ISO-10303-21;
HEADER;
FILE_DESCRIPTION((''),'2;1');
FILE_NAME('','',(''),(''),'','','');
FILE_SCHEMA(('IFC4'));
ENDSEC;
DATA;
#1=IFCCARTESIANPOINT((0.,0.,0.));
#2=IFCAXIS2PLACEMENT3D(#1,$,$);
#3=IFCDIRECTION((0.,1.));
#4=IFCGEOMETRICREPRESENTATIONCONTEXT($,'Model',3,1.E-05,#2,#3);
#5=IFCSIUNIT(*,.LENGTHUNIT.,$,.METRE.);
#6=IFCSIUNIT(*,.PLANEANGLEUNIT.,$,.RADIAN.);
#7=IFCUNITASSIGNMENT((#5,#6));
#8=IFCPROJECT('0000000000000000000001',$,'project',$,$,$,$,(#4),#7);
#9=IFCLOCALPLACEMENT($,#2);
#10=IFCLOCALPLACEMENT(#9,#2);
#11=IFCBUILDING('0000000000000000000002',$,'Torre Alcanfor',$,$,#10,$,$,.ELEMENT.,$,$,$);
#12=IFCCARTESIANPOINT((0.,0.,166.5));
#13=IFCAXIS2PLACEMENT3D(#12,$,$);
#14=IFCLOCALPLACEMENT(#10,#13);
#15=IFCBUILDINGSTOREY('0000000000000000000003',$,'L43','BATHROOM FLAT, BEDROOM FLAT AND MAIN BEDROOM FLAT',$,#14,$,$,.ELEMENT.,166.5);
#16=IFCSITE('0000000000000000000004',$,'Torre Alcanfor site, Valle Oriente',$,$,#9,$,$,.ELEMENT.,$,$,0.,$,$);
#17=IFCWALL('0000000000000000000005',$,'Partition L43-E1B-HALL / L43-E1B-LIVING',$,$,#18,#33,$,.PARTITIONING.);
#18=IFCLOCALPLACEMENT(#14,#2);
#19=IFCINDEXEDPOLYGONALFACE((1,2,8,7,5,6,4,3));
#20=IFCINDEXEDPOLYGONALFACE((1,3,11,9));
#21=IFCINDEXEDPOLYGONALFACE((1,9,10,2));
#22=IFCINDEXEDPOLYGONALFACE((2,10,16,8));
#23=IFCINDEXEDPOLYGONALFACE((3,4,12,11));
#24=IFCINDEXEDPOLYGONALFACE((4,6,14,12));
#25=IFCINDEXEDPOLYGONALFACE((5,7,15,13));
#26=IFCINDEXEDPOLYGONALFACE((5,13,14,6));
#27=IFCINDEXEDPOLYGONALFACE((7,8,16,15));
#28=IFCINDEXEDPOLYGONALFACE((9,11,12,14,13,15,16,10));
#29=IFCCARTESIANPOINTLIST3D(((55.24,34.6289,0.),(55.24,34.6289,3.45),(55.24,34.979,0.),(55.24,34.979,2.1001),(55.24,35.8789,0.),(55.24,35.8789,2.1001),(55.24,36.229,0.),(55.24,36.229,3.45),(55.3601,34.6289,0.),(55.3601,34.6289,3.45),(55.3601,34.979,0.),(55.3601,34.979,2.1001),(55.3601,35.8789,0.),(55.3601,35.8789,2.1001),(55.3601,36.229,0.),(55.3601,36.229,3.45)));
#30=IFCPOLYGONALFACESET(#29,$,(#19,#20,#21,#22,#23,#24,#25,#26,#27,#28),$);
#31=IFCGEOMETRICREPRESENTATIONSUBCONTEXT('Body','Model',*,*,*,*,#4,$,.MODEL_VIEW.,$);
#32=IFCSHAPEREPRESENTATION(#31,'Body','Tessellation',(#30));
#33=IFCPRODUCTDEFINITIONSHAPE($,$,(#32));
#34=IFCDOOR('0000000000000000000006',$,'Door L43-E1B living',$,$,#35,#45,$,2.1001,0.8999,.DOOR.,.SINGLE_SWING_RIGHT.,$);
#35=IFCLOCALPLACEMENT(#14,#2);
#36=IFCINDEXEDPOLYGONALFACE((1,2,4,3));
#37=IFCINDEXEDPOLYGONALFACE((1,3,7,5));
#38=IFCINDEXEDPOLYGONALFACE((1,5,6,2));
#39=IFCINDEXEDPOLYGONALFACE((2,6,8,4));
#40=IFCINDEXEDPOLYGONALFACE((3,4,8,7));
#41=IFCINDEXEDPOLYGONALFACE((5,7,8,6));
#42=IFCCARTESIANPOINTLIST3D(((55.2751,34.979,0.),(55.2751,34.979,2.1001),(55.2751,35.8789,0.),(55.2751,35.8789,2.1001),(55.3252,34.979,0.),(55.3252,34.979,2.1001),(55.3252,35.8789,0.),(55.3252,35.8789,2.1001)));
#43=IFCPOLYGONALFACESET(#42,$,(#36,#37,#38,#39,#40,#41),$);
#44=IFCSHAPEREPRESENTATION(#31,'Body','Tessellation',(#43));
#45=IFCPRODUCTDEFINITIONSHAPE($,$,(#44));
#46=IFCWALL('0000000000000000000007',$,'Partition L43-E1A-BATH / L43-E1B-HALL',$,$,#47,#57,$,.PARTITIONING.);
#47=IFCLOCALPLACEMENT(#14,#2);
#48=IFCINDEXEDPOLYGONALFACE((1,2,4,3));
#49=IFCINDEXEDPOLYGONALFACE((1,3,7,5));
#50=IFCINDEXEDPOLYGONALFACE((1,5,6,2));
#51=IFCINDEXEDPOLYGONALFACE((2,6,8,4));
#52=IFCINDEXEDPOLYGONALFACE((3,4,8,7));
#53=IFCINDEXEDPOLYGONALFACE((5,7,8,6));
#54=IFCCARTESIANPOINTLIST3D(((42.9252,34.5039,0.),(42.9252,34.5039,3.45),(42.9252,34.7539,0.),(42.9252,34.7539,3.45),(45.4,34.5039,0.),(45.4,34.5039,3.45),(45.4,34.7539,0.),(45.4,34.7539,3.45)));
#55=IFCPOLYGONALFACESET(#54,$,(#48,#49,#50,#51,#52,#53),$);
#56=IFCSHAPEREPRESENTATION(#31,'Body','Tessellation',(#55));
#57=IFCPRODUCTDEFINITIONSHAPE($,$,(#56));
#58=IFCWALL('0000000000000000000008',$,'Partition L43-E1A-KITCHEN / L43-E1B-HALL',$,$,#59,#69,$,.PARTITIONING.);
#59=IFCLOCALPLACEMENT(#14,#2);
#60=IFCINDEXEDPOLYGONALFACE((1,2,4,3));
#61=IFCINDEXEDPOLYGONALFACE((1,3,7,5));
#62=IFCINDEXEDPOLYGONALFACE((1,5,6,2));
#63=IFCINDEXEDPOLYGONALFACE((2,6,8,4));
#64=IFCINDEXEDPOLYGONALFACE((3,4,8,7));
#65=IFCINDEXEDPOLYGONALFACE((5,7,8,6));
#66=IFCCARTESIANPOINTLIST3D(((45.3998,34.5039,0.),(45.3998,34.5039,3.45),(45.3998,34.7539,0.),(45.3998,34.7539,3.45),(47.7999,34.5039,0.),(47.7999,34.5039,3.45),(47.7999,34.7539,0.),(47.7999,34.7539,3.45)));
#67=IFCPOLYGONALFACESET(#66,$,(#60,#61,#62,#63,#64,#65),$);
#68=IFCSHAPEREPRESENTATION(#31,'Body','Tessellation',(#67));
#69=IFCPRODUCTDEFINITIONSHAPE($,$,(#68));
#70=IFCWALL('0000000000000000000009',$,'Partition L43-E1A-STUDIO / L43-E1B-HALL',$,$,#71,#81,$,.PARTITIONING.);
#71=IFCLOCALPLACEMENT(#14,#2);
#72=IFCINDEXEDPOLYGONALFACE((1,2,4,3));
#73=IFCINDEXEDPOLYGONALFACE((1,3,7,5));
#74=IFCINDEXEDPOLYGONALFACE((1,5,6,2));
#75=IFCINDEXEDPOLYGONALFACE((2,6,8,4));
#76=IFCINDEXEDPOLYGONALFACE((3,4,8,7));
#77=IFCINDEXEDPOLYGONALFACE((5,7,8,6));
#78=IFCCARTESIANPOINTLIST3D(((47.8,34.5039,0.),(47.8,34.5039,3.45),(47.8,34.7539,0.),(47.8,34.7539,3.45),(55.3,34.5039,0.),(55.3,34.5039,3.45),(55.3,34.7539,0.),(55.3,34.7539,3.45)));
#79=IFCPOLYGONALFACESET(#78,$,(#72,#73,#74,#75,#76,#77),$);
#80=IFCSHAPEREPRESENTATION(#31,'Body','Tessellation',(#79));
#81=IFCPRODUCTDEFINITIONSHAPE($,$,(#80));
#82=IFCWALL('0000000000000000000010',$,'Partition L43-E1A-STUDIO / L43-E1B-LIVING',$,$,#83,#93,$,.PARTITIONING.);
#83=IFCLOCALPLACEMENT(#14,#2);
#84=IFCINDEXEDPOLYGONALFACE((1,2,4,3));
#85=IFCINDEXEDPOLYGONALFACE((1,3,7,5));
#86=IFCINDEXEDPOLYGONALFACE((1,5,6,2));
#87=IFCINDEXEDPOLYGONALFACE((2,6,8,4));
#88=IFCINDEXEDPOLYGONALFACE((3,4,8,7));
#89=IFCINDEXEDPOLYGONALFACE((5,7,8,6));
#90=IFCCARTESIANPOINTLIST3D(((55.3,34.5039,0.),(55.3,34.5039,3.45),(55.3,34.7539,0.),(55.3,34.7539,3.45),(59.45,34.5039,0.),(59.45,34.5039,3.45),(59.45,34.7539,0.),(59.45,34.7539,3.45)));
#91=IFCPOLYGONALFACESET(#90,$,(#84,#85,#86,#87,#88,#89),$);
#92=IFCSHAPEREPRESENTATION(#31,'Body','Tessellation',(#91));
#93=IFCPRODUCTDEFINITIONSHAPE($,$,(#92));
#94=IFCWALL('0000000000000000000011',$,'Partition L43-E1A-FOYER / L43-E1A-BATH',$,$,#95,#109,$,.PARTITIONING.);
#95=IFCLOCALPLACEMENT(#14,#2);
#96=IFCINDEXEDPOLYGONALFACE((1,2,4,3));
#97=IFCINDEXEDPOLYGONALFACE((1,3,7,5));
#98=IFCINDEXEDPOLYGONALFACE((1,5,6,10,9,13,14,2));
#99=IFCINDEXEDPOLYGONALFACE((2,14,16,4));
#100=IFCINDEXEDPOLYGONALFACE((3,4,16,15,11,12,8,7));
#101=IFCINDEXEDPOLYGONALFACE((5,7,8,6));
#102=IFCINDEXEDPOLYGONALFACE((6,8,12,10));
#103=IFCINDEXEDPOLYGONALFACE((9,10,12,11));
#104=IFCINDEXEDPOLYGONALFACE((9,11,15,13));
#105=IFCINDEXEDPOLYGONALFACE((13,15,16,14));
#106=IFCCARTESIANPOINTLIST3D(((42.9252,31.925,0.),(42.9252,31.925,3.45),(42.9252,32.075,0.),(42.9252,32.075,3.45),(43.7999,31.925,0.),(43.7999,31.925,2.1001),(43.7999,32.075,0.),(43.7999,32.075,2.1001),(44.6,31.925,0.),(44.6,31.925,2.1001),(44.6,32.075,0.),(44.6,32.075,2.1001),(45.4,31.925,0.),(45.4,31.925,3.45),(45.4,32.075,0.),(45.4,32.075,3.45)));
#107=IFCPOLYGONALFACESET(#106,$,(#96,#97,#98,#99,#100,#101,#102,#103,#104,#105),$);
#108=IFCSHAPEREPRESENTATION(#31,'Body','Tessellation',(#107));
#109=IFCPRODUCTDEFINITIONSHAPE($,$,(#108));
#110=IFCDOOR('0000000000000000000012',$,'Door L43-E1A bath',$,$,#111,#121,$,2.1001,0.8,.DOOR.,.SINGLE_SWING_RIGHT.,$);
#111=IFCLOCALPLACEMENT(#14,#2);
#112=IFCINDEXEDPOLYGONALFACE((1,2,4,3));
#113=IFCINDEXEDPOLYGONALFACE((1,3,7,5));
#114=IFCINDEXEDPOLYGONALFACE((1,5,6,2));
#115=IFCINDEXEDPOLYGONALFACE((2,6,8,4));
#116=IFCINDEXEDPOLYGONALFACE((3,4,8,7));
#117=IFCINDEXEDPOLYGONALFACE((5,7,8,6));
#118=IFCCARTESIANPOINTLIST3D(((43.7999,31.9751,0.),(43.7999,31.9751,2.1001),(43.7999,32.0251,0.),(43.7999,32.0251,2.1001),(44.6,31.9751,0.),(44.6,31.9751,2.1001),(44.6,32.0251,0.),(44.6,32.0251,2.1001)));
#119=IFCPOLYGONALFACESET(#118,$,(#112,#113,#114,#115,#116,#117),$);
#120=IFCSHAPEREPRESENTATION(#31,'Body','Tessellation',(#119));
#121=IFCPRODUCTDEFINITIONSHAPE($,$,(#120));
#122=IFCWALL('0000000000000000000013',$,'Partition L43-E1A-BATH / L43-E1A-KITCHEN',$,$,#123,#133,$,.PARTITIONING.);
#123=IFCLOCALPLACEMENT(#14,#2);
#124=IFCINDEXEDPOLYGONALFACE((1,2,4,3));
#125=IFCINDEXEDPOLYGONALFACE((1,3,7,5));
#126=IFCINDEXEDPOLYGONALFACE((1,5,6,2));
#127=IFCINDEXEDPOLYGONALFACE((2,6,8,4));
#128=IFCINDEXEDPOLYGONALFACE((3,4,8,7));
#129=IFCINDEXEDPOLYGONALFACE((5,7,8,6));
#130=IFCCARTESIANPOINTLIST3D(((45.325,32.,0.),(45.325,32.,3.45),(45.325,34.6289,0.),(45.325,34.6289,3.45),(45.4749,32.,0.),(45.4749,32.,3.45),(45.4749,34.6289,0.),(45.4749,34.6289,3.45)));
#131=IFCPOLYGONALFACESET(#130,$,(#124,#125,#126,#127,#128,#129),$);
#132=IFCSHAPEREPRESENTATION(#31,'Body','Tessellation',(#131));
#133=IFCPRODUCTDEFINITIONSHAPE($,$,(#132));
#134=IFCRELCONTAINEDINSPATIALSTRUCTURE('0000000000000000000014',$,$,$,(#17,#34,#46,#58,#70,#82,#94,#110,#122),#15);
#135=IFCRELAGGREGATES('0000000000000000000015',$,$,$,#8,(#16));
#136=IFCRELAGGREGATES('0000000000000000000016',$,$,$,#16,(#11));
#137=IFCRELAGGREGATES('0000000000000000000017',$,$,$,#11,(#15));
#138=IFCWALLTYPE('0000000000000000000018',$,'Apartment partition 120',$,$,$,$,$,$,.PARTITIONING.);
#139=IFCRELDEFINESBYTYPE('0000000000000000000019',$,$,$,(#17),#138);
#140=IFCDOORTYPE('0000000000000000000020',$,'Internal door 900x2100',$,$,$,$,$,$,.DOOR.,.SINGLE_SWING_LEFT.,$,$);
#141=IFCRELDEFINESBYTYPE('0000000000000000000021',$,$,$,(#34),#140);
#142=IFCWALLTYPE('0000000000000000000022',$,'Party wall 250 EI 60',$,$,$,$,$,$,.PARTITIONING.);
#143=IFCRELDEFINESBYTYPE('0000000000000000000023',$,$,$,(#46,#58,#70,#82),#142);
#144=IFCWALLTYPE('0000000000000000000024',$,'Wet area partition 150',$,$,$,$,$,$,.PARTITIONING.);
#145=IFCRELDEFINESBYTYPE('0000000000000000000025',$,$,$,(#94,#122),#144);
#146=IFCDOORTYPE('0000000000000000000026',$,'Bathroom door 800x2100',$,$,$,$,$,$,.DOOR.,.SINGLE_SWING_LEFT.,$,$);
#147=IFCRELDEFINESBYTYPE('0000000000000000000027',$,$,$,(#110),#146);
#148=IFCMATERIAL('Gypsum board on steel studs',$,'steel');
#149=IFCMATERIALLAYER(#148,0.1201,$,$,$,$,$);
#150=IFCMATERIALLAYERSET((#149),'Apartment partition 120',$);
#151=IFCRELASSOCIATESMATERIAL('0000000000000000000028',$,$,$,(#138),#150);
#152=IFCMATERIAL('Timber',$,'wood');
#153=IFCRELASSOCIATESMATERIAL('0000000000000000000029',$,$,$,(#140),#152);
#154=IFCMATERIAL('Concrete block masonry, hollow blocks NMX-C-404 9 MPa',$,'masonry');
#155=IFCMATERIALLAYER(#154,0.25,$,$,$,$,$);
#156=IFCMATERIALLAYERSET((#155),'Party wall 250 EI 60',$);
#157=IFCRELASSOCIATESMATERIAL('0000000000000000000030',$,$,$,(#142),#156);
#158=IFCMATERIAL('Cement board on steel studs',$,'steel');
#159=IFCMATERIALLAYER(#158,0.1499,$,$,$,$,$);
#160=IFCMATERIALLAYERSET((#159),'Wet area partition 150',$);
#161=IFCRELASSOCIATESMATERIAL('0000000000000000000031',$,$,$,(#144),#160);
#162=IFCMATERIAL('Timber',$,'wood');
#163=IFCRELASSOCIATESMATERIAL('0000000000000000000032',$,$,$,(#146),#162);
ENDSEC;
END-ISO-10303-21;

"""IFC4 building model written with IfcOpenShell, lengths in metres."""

from ifc_helpers import new_model, si_unit, direction, frame, frame_2d, origin, place, context, subcontext, project, spatial, rectangle, extrude, material, layer, layer_set, type_object, element, fill, save


model = new_model("IFC4")

# Units and contexts
model_context = context("Model", 3, precision=1e-05, world=origin(), true_north=direction((0.0, 1.0)))
body_context = subcontext(model_context, "Body", "Model", "MODEL_VIEW")
ifc_project = project(units=[si_unit("LENGTHUNIT", "METRE"), si_unit("PLANEANGLEUNIT", "RADIAN")], contexts=[model_context])

# Site, building, storey
site_placement = place(None, origin())
site = spatial("IfcSite", under=ifc_project, at=site_placement, Name="Torre Alcanfor site, Valle Oriente", CompositionType="ELEMENT", RefElevation=0.0)
building_placement = place(site_placement, origin())
building = spatial("IfcBuilding", under=site, at=building_placement, Name="Torre Alcanfor", CompositionType="ELEMENT")
storey_placement = place(building_placement, frame((0.0, 0.0, 166.5)))
storey = spatial("IfcBuildingStorey", under=building, at=storey_placement, Name="L43", Description="BATHROOM FLAT, BEDROOM FLAT AND MAIN BEDROOM FLAT", CompositionType="ELEMENT", Elevation=166.5)

# Wall, opening, door
ifc_material_1 = material(Name="Gypsum board on steel studs", Category="steel")
ifc_layer_1 = layer(ifc_material_1, 0.1201)
ifc_layer_set_1 = layer_set([ifc_layer_1], Name="Apartment partition 120")
wall_type_1 = type_object("IfcWallType", Name="Apartment partition 120", PredefinedType="PARTITIONING", material=ifc_layer_set_1)
wall_1_placement = place(storey_placement, frame((55.3, 34.6289, 0.0), z_axis=(0.0, 0.0, 1.0), x_axis=(0.0, 1.0, 0.0)))
wall_1 = element("IfcWall", 1, at=wall_1_placement, inside=storey, type_object=wall_type_1, Name="Partition L43-E1B-HALL / L43-E1B-LIVING", PredefinedType="PARTITIONING", context=body_context, shape_type="SweptSolid", body=[
    extrude(rectangle(XDim=1.6001, YDim=0.1201, at=frame_2d((0.8, 0.0))), origin(), (0.0, 0.0, 1.0), 3.45),
])
opening_1_placement = place(wall_1_placement, frame((0.3501, 0.0, 0.0)))
opening_1 = element("IfcOpeningElement", 2, at=opening_1_placement, cuts=wall_1, PredefinedType="OPENING", context=body_context, shape_type="SweptSolid", body=[
    extrude(rectangle(XDim=0.8999, YDim=2.1001, at=frame_2d((0.45, 1.05))), frame((0.0, 0.0701, 0.0), z_axis=(0.0, -1.0, 0.0), x_axis=(1.0, 0.0, 0.0)), (0.0, 0.0, 1.0), 0.1401),
])
ifc_material_2 = material(Name="Timber", Category="wood")
door_type_1 = type_object("IfcDoorType", Name="Internal door 900x2100", OperationType="SINGLE_SWING_LEFT", PredefinedType="DOOR", material=ifc_material_2)
door_1_placement = place(opening_1_placement, frame((0.8999, 0.0, 0.0), z_axis=(0.0, 0.0, 1.0), x_axis=(-1.0, 0.0, 0.0)))
door_1 = element("IfcDoor", 3, at=door_1_placement, inside=storey, type_object=door_type_1, Name="Door L43-E1B living", OperationType="SINGLE_SWING_RIGHT", OverallHeight=2.1001, OverallWidth=0.8999, PredefinedType="DOOR", context=body_context, shape_type="SweptSolid", body=[
    extrude(rectangle(XDim=0.8999, YDim=2.1001, at=frame_2d((0.45, 1.05))), frame((0.0, 0.0251, 0.0), z_axis=(0.0, -1.0, 0.0), x_axis=(1.0, 0.0, 0.0)), (0.0, 0.0, 1.0), 0.05),
])
fill(opening_1, door_1)

# Walls
ifc_material_3 = material(Name="Concrete block masonry, hollow blocks NMX-C-404 9 MPa", Category="masonry")
ifc_layer_2 = layer(ifc_material_3, 0.25)
ifc_layer_set_2 = layer_set([ifc_layer_2], Name="Party wall 250 EI 60")
wall_type_2 = type_object("IfcWallType", Name="Party wall 250 EI 60", PredefinedType="PARTITIONING", material=ifc_layer_set_2)
wall_2_placement = place(storey_placement, frame((45.3999, 34.6289, 0.0), z_axis=(0.0, 0.0, 1.0), x_axis=(-1.0, 0.0, 0.0)))
element("IfcWall", 4, at=wall_2_placement, inside=storey, type_object=wall_type_2, Name="Partition L43-E1A-BATH / L43-E1B-HALL", PredefinedType="PARTITIONING", context=body_context, shape_type="SweptSolid", body=[
    extrude(rectangle(XDim=2.4749, YDim=0.25, at=frame_2d((1.2373, 0.0))), origin(), (0.0, 0.0, 1.0), 3.45),
])
wall_3_placement = place(storey_placement, frame((47.8, 34.6289, 0.0), z_axis=(0.0, 0.0, 1.0), x_axis=(-1.0, 0.0, 0.0)))
element("IfcWall", 5, at=wall_3_placement, inside=storey, type_object=wall_type_2, Name="Partition L43-E1A-KITCHEN / L43-E1B-HALL", PredefinedType="PARTITIONING", context=body_context, shape_type="SweptSolid", body=[
    extrude(rectangle(XDim=2.4001, YDim=0.25, at=frame_2d((1.2002, 0.0))), origin(), (0.0, 0.0, 1.0), 3.45),
])
wall_4_placement = place(storey_placement, frame((55.3, 34.6289, 0.0), z_axis=(0.0, 0.0, 1.0), x_axis=(-1.0, 0.0, 0.0)))
element("IfcWall", 6, at=wall_4_placement, inside=storey, type_object=wall_type_2, Name="Partition L43-E1A-STUDIO / L43-E1B-HALL", PredefinedType="PARTITIONING", context=body_context, shape_type="SweptSolid", body=[
    extrude(rectangle(XDim=7.5, YDim=0.25, at=frame_2d((3.75, 0.0))), origin(), (0.0, 0.0, 1.0), 3.45),
])
wall_5_placement = place(storey_placement, frame((59.45, 34.6289, 0.0), z_axis=(0.0, 0.0, 1.0), x_axis=(-1.0, 0.0, 0.0)))
element("IfcWall", 7, at=wall_5_placement, inside=storey, type_object=wall_type_2, Name="Partition L43-E1A-STUDIO / L43-E1B-LIVING", PredefinedType="PARTITIONING", context=body_context, shape_type="SweptSolid", body=[
    extrude(rectangle(XDim=4.1499, YDim=0.25, at=frame_2d((2.075, 0.0))), origin(), (0.0, 0.0, 1.0), 3.45),
])

# Wall, opening, door
ifc_material_4 = material(Name="Cement board on steel studs", Category="steel")
ifc_layer_3 = layer(ifc_material_4, 0.1499)
ifc_layer_set_3 = layer_set([ifc_layer_3], Name="Wet area partition 150")
wall_type_3 = type_object("IfcWallType", Name="Wet area partition 150", PredefinedType="PARTITIONING", material=ifc_layer_set_3)
wall_6_placement = place(storey_placement, frame((45.3999, 32.0, 0.0), z_axis=(0.0, 0.0, 1.0), x_axis=(-1.0, 0.0, 0.0)))
wall_6 = element("IfcWall", 8, at=wall_6_placement, inside=storey, type_object=wall_type_3, Name="Partition L43-E1A-FOYER / L43-E1A-BATH", PredefinedType="PARTITIONING", context=body_context, shape_type="SweptSolid", body=[
    extrude(rectangle(XDim=2.4749, YDim=0.1499, at=frame_2d((1.2373, 0.0))), origin(), (0.0, 0.0, 1.0), 3.45),
])
opening_2_placement = place(wall_6_placement, frame((0.8, 0.0, 0.0)))
opening_2 = element("IfcOpeningElement", 9, at=opening_2_placement, cuts=wall_6, PredefinedType="OPENING", context=body_context, shape_type="SweptSolid", body=[
    extrude(rectangle(XDim=0.8, YDim=2.1001, at=frame_2d((0.3999, 1.05))), frame((0.0, 0.085, 0.0), z_axis=(0.0, -1.0, 0.0), x_axis=(1.0, 0.0, 0.0)), (0.0, 0.0, 1.0), 0.1699),
])
ifc_material_5 = material(Name="Timber", Category="wood")
door_type_2 = type_object("IfcDoorType", Name="Bathroom door 800x2100", OperationType="SINGLE_SWING_LEFT", PredefinedType="DOOR", material=ifc_material_5)
door_2_placement = place(opening_2_placement, frame((0.8, 0.0, 0.0), z_axis=(0.0, 0.0, 1.0), x_axis=(-1.0, 0.0, 0.0)))
door_2 = element("IfcDoor", 10, at=door_2_placement, inside=storey, type_object=door_type_2, Name="Door L43-E1A bath", OperationType="SINGLE_SWING_RIGHT", OverallHeight=2.1001, OverallWidth=0.8, PredefinedType="DOOR", context=body_context, shape_type="SweptSolid", body=[
    extrude(rectangle(XDim=0.8, YDim=2.1001, at=frame_2d((0.4001, 1.05))), frame((0.0, 0.0251, 0.0), z_axis=(0.0, -1.0, 0.0), x_axis=(1.0, 0.0, 0.0)), (0.0, 0.0, 1.0), 0.05),
])
fill(opening_2, door_2)

# Wall
wall_7_placement = place(storey_placement, frame((45.3999, 32.0, 0.0), z_axis=(0.0, 0.0, 1.0), x_axis=(0.0, 1.0, 0.0)))
element("IfcWall", 11, at=wall_7_placement, inside=storey, type_object=wall_type_3, Name="Partition L43-E1A-BATH / L43-E1A-KITCHEN", PredefinedType="PARTITIONING", context=body_context, shape_type="SweptSolid", body=[
    extrude(rectangle(XDim=2.6289, YDim=0.1499, at=frame_2d((1.3145, 0.0))), origin(), (0.0, 0.0, 1.0), 3.45),
])

save(model, "model.ifc")
